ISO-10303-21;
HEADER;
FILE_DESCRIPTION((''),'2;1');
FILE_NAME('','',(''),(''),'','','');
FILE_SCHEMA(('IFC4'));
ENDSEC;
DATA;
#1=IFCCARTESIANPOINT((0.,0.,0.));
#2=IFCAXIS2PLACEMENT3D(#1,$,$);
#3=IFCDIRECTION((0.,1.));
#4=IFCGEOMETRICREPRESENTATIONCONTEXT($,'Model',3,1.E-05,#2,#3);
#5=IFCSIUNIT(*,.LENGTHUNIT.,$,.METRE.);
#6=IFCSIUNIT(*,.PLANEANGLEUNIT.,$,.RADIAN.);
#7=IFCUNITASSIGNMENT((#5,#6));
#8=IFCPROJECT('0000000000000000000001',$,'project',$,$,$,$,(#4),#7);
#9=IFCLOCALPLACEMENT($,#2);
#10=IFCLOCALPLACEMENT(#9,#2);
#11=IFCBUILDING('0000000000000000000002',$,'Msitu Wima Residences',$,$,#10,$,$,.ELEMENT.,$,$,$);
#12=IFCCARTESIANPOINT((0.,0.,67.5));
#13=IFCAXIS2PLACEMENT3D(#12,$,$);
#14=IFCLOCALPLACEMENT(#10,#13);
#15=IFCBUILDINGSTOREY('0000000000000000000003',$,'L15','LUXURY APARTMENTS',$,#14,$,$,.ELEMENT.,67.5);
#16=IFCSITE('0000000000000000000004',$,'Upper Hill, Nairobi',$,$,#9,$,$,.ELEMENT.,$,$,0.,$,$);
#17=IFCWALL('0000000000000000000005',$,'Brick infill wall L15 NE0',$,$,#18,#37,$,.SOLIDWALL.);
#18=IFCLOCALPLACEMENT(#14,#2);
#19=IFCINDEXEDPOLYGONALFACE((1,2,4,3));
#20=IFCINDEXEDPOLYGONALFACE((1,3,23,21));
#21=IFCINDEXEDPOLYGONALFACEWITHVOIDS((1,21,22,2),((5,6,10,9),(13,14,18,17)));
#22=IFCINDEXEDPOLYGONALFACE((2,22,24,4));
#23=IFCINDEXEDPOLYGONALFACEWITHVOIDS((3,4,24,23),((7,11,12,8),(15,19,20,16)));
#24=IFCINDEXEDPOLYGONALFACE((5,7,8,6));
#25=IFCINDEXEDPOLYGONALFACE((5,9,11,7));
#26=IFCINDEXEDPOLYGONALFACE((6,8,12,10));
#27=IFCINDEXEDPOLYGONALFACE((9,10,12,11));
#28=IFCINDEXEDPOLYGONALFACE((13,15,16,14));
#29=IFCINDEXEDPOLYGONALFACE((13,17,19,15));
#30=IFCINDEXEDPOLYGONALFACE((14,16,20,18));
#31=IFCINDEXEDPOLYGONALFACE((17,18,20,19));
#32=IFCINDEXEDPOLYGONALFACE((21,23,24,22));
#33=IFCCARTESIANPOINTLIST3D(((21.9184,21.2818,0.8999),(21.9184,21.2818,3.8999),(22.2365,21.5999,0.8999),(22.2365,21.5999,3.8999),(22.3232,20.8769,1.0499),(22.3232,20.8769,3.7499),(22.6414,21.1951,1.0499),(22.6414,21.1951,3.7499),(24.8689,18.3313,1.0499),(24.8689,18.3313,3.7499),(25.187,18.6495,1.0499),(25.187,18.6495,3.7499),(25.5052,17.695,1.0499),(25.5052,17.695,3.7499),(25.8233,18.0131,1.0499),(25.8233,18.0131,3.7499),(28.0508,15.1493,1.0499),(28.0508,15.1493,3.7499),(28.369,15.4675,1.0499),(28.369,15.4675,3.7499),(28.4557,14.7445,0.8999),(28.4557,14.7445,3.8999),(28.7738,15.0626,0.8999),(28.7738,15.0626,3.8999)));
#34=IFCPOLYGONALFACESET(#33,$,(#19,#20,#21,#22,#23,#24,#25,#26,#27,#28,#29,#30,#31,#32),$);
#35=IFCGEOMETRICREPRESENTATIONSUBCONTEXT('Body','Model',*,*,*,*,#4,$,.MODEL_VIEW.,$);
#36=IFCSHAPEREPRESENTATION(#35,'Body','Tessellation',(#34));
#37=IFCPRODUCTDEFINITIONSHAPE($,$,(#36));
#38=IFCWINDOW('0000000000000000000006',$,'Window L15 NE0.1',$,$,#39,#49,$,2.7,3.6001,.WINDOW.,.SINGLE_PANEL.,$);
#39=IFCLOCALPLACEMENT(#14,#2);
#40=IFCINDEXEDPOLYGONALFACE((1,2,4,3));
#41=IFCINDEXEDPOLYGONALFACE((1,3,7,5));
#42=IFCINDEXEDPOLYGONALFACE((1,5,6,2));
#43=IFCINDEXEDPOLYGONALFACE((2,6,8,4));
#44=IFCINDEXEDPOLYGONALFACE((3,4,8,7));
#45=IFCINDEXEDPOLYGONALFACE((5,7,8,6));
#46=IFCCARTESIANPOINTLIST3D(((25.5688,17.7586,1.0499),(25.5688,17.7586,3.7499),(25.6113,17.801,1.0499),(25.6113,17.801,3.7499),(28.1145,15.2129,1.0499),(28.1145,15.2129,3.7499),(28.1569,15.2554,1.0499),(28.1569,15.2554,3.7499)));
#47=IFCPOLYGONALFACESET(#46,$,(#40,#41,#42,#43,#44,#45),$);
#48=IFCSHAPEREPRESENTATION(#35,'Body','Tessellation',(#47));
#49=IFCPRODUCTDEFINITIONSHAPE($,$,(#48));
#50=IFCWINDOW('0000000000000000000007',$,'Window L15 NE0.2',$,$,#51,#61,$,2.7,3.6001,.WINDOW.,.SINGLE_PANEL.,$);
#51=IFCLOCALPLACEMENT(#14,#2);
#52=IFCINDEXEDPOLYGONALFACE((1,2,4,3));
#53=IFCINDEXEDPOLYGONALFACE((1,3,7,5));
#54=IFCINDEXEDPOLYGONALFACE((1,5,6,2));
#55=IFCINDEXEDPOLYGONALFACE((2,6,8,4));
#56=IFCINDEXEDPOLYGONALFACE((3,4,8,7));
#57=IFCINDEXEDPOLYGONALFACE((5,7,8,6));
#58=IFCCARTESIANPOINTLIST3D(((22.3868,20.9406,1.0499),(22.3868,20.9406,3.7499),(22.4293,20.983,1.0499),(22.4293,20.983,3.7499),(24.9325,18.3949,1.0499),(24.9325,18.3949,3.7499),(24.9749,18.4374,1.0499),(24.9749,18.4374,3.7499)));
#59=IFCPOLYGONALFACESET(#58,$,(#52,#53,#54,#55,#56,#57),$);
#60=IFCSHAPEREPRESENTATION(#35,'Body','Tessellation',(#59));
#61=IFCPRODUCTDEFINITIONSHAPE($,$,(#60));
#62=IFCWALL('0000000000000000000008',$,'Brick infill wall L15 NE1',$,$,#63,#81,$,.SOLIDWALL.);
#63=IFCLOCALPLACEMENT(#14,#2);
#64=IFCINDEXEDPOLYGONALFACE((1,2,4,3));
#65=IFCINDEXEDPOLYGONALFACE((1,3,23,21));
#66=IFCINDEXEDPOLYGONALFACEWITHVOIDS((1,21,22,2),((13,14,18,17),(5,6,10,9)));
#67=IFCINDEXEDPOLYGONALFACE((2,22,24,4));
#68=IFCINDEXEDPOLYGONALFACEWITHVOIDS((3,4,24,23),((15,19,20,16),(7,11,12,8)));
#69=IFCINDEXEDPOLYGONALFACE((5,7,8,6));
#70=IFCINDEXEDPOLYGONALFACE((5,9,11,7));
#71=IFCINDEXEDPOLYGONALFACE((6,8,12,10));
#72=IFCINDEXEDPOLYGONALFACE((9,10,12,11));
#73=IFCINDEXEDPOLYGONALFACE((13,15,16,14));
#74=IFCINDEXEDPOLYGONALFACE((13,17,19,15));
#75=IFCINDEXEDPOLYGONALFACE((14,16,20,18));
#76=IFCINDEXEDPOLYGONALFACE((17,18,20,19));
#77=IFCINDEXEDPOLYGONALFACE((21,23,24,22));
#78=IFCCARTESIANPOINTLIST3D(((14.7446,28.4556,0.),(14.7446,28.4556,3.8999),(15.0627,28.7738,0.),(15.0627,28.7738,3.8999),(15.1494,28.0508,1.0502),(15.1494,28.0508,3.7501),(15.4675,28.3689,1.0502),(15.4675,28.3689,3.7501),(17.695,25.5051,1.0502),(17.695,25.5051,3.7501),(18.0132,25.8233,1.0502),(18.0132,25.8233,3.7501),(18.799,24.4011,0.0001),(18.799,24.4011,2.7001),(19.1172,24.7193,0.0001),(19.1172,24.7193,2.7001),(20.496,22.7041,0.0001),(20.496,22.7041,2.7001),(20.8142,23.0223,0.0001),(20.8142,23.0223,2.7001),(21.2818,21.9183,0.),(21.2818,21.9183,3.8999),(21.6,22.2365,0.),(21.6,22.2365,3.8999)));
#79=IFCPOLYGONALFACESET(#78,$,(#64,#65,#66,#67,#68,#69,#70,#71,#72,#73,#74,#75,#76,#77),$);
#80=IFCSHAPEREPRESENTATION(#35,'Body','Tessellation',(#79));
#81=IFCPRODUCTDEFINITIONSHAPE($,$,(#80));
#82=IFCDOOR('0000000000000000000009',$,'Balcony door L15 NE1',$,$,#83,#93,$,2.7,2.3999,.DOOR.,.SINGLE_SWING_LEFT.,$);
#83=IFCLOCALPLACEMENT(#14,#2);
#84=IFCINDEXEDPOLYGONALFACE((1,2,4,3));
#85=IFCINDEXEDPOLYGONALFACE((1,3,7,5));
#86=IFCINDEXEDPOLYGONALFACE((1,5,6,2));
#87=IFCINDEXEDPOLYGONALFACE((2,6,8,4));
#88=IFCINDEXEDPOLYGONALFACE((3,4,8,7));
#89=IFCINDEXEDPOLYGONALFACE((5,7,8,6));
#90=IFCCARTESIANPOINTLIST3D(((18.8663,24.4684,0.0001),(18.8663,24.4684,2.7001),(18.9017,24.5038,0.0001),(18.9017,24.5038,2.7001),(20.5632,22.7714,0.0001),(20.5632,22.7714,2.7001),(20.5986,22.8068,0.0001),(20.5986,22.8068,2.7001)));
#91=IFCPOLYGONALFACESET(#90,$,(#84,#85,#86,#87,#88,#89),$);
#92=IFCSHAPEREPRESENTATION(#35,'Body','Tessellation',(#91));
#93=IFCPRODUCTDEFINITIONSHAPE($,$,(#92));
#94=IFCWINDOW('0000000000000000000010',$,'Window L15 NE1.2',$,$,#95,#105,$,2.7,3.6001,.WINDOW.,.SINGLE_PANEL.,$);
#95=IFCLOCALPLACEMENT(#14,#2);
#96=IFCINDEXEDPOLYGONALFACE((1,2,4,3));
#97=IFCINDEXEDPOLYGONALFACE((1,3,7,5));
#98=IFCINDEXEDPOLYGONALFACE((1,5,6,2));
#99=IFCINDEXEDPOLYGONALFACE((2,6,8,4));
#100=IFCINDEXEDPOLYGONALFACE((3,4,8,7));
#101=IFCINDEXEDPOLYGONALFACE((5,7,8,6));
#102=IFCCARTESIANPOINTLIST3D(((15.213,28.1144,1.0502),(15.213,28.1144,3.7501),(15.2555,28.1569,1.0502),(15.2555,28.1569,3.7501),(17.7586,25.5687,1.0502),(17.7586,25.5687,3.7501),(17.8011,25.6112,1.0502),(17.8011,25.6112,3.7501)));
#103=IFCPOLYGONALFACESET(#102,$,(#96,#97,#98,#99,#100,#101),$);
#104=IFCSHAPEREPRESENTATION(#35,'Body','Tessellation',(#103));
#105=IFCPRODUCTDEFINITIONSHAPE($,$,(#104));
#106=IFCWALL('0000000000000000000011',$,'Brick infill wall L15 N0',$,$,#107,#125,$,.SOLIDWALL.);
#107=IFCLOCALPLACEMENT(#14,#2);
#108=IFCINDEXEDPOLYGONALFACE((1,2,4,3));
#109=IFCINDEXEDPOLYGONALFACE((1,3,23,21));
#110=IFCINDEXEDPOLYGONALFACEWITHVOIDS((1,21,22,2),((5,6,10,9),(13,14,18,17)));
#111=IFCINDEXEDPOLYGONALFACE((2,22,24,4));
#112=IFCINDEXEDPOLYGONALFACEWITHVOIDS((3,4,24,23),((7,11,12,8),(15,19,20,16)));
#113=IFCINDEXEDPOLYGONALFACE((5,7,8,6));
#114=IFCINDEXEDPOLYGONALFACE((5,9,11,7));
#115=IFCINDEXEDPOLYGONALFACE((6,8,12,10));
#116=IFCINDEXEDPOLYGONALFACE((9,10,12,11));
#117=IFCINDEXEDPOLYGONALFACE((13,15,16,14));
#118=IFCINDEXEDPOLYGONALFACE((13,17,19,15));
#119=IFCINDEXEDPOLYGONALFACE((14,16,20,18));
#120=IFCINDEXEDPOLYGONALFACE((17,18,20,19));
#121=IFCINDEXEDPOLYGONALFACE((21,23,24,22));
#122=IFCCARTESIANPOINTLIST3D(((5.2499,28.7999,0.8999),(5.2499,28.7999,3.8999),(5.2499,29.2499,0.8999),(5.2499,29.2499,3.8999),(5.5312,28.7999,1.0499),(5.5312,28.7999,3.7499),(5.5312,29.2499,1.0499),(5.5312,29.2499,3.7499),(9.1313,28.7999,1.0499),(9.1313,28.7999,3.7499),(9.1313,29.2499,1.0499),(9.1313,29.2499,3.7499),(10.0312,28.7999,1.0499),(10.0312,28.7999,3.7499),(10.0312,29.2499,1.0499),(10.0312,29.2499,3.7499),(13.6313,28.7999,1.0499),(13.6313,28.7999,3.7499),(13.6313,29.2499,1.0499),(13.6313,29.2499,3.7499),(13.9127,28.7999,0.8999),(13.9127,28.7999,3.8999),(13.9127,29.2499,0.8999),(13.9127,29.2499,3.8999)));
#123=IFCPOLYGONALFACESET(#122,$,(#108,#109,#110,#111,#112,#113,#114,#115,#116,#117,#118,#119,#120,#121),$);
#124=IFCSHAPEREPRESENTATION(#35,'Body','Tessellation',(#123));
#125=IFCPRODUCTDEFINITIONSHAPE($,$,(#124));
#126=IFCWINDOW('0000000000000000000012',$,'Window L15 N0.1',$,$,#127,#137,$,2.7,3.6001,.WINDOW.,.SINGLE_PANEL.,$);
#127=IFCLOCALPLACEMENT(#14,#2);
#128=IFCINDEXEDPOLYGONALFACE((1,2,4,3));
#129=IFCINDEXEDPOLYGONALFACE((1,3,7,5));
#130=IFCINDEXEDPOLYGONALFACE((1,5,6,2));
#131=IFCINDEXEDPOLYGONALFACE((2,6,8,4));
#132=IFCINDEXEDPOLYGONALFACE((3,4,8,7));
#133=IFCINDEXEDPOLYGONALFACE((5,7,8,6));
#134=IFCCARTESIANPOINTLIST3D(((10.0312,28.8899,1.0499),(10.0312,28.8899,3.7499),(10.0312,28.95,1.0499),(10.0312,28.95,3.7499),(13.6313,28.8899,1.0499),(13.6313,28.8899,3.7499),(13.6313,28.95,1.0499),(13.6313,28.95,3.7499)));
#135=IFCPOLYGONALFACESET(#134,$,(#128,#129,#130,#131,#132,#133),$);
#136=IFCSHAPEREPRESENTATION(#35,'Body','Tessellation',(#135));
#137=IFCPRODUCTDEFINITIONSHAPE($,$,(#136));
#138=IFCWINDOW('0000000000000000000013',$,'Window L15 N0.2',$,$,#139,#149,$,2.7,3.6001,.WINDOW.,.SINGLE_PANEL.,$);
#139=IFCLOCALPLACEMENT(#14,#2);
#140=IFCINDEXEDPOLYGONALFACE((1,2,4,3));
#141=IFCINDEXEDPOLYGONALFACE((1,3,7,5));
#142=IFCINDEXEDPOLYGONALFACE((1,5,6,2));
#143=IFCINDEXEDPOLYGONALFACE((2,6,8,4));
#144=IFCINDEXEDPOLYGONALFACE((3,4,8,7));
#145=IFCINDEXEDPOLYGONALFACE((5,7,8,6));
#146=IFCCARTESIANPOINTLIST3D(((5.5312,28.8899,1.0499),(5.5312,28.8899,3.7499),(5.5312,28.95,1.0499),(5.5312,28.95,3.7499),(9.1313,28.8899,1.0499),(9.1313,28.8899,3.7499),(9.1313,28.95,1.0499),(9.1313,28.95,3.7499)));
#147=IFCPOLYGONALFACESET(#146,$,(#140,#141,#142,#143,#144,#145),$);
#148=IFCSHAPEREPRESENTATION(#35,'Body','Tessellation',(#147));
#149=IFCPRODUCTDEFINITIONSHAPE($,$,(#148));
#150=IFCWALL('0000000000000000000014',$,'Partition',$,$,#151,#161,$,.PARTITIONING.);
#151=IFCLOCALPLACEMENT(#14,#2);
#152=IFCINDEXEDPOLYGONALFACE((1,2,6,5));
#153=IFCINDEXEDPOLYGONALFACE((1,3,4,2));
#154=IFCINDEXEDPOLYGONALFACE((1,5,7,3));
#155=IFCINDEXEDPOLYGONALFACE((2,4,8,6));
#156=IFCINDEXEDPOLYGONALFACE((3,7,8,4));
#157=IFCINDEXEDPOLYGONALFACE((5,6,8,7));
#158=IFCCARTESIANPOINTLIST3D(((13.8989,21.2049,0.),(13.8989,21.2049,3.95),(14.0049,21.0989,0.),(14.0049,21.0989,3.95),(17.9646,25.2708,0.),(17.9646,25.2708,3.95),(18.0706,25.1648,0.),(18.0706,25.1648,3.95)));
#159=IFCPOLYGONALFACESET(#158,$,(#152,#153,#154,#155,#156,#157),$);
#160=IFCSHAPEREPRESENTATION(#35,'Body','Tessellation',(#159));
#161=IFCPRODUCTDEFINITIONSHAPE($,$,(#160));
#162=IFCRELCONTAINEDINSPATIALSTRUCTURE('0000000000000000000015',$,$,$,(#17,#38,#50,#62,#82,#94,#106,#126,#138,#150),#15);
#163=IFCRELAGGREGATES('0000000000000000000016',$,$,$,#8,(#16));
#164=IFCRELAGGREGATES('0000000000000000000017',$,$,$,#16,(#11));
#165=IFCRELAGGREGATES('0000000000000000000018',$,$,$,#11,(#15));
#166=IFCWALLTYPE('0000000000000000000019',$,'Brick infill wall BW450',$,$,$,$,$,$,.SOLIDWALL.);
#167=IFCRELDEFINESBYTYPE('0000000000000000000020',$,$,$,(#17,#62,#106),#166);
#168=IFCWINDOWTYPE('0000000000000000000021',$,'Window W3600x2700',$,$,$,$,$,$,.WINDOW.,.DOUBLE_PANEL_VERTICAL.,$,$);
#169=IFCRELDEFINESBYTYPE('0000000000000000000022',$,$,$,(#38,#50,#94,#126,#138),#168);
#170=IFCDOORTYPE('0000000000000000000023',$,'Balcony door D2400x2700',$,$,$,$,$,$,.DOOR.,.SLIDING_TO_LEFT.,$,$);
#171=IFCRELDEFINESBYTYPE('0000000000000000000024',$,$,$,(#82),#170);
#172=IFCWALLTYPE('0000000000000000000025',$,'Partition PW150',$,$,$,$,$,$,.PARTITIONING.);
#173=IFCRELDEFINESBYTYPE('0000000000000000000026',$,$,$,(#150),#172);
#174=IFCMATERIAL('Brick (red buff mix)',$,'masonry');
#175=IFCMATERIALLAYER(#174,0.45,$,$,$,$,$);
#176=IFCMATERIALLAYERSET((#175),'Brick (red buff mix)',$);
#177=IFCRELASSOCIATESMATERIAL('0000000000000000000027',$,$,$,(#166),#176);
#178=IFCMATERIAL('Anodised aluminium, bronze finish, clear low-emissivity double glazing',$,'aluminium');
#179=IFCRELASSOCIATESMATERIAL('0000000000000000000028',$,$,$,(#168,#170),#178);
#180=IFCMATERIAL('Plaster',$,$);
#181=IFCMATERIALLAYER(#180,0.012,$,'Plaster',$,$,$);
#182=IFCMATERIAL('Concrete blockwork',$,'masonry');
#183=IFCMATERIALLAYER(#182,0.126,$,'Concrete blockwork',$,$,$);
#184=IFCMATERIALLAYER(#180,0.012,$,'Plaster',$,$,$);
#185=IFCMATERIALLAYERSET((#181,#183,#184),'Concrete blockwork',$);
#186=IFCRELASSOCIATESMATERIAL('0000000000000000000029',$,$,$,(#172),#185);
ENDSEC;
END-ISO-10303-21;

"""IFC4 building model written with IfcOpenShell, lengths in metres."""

from ifc_helpers import new_model, si_unit, direction, frame, frame_2d, origin, place, context, subcontext, project, spatial, rectangle, extrude, material, layer, layer_set, type_object, element, fill, save


model = new_model("IFC4")

# Units and contexts
model_context = context("Model", 3, precision=1e-05, world=origin(), true_north=direction((0.0, 1.0)))
body_context = subcontext(model_context, "Body", "Model", "MODEL_VIEW")
ifc_project = project(units=[si_unit("LENGTHUNIT", "METRE"), si_unit("PLANEANGLEUNIT", "RADIAN")], contexts=[model_context])

# Site, building, storey
site_placement = place(None, origin())
site = spatial("IfcSite", under=ifc_project, at=site_placement, Name="Upper Hill, Nairobi", CompositionType="ELEMENT", RefElevation=0.0)
building_placement = place(site_placement, origin())
building = spatial("IfcBuilding", under=site, at=building_placement, Name="Msitu Wima Residences", CompositionType="ELEMENT")
storey_placement = place(building_placement, frame((0.0, 0.0, 67.5)))
storey = spatial("IfcBuildingStorey", under=building, at=storey_placement, Name="L15", Description="LUXURY APARTMENTS", CompositionType="ELEMENT", Elevation=67.5)

# Wall, openings, windows
ifc_material_1 = material(Name="Brick (red buff mix)", Category="masonry")
ifc_layer_1 = layer(ifc_material_1, 0.45)
ifc_layer_set_1 = layer_set([ifc_layer_1], Name="Brick (red buff mix)")
wall_type_1 = type_object("IfcWallType", Name="Brick infill wall BW450", PredefinedType="SOLIDWALL", material=ifc_layer_set_1)
wall_1_placement = place(storey_placement, frame((28.6147, 14.9036, 0.8999), z_axis=(0.0, 0.0, 1.0), x_axis=(-0.707107, 0.707107, 0.0)))
wall_1 = element("IfcWall", 1, at=wall_1_placement, inside=storey, type_object=wall_type_1, Name="Brick infill wall L15 NE0", PredefinedType="SOLIDWALL", context=body_context, shape_type="SweptSolid", body=[
    extrude(rectangle(XDim=9.2451, YDim=0.45, at=frame_2d((4.6226, 0.0))), origin(), (0.0, 0.0, 1.0), 3.0),
])
opening_1_placement = place(wall_1_placement, frame((0.5725, 0.0, 0.1499)))
opening_1 = element("IfcOpeningElement", 2, at=opening_1_placement, cuts=wall_1, PredefinedType="OPENING", context=body_context, shape_type="SweptSolid", body=[
    extrude(rectangle(XDim=3.6001, YDim=2.7, at=frame_2d((1.8, 1.3501))), frame((0.0, 0.2349, 0.0), z_axis=(0.0, -1.0, 0.0), x_axis=(1.0, 0.0, 0.0)), (0.0, 0.0, 1.0), 0.47),
])
opening_2_placement = place(wall_1_placement, frame((5.0725, 0.0, 0.1499)))
opening_2 = element("IfcOpeningElement", 3, at=opening_2_placement, cuts=wall_1, PredefinedType="OPENING", context=body_context, shape_type="SweptSolid", body=[
    extrude(rectangle(XDim=3.6001, YDim=2.7, at=frame_2d((1.8, 1.3501))), frame((0.0, 0.2349, 0.0), z_axis=(0.0, -1.0, 0.0), x_axis=(1.0, 0.0, 0.0)), (0.0, 0.0, 1.0), 0.47),
])
ifc_material_2 = material(Name="Anodised aluminium, bronze finish, clear low-emissivity double glazing", Category="aluminium")
window_type = type_object("IfcWindowType", Name="Window W3600x2700", PartitioningType="DOUBLE_PANEL_VERTICAL", PredefinedType="WINDOW", material=ifc_material_2)
window_1_placement = place(opening_1_placement, origin())
window_1 = element("IfcWindow", 4, at=window_1_placement, inside=storey, type_object=window_type, Name="Window L15 NE0.1", OverallHeight=2.7, OverallWidth=3.6001, PartitioningType="SINGLE_PANEL", PredefinedType="WINDOW", context=body_context, shape_type="SweptSolid", body=[
    extrude(rectangle(XDim=3.6001, YDim=2.7, at=frame_2d((1.8, 1.3501))), frame((0.0, 0.135, 0.0), z_axis=(0.0, -1.0, 0.0), x_axis=(1.0, 0.0, 0.0)), (0.0, 0.0, 1.0), 0.0601),
])
fill(opening_1, window_1)
window_2_placement = place(opening_2_placement, origin())
window_2 = element("IfcWindow", 5, at=window_2_placement, inside=storey, type_object=window_type, Name="Window L15 NE0.2", OverallHeight=2.7, OverallWidth=3.6001, PartitioningType="SINGLE_PANEL", PredefinedType="WINDOW", context=body_context, shape_type="SweptSolid", body=[
    extrude(rectangle(XDim=3.6001, YDim=2.7, at=frame_2d((1.8, 1.3501))), frame((0.0, 0.135, 0.0), z_axis=(0.0, -1.0, 0.0), x_axis=(1.0, 0.0, 0.0)), (0.0, 0.0, 1.0), 0.0601),
])
fill(opening_2, window_2)

# Wall, openings, door, window
wall_2_placement = place(storey_placement, frame((21.4409, 22.0774, 0.0), z_axis=(0.0, 0.0, 1.0), x_axis=(-0.707107, 0.707107, 0.0)))
wall_2 = element("IfcWall", 6, at=wall_2_placement, inside=storey, type_object=wall_type_1, Name="Brick infill wall L15 NE1", PredefinedType="SOLIDWALL", context=body_context, shape_type="SweptSolid", body=[
    extrude(rectangle(XDim=9.2451, YDim=0.45, at=frame_2d((4.6226, 0.0))), origin(), (0.0, 0.0, 1.0), 3.8999),
])
opening_3_placement = place(wall_2_placement, frame((1.1113, 0.0, 0.0)))
opening_3 = element("IfcOpeningElement", 7, at=opening_3_placement, cuts=wall_2, PredefinedType="OPENING", context=body_context, shape_type="SweptSolid", body=[
    extrude(rectangle(XDim=2.3999, YDim=2.7, at=frame_2d((1.2, 1.3501))), frame((0.0, 0.2349, 0.0), z_axis=(0.0, -1.0, 0.0), x_axis=(1.0, 0.0, 0.0)), (0.0, 0.0, 1.0), 0.47),
])
opening_4_placement = place(wall_2_placement, frame((5.0725, 0.0, 1.05)))
opening_4 = element("IfcOpeningElement", 8, at=opening_4_placement, cuts=wall_2, PredefinedType="OPENING", context=body_context, shape_type="SweptSolid", body=[
    extrude(rectangle(XDim=3.6001, YDim=2.7, at=frame_2d((1.8, 1.3501))), frame((0.0, 0.2349, 0.0), z_axis=(0.0, -1.0, 0.0), x_axis=(1.0, 0.0, 0.0)), (0.0, 0.0, 1.0), 0.47),
])
door_type_1 = type_object("IfcDoorType", Name="Balcony door D2400x2700", OperationType="SLIDING_TO_LEFT", PredefinedType="DOOR", material=ifc_material_2)
door_1_placement = place(opening_3_placement, origin())
door_1 = element("IfcDoor", 9, at=door_1_placement, inside=storey, type_object=door_type_1, Name="Balcony door L15 NE1", OperationType="SINGLE_SWING_LEFT", OverallHeight=2.7, OverallWidth=2.3999, PredefinedType="DOOR", context=body_context, shape_type="SweptSolid", body=[
    extrude(rectangle(XDim=2.3999, YDim=2.7, at=frame_2d((1.2, 1.3501))), frame((0.0, 0.1299, 0.0), z_axis=(0.0, -1.0, 0.0), x_axis=(1.0, 0.0, 0.0)), (0.0, 0.0, 1.0), 0.05),
])
fill(opening_3, door_1)
window_3_placement = place(opening_4_placement, origin())
window_3 = element("IfcWindow", 10, at=window_3_placement, inside=storey, type_object=window_type, Name="Window L15 NE1.2", OverallHeight=2.7, OverallWidth=3.6001, PartitioningType="SINGLE_PANEL", PredefinedType="WINDOW", context=body_context, shape_type="SweptSolid", body=[
    extrude(rectangle(XDim=3.6001, YDim=2.7, at=frame_2d((1.8, 1.3501))), frame((0.0, 0.135, 0.0), z_axis=(0.0, -1.0, 0.0), x_axis=(1.0, 0.0, 0.0)), (0.0, 0.0, 1.0), 0.0601),
])
fill(opening_4, window_3)

# Wall, openings, windows
wall_3_placement = place(storey_placement, frame((13.9128, 29.0249, 0.8999), z_axis=(0.0, 0.0, 1.0), x_axis=(-1.0, 0.0, 0.0)))
wall_3 = element("IfcWall", 11, at=wall_3_placement, inside=storey, type_object=wall_type_1, Name="Brick infill wall L15 N0", PredefinedType="SOLIDWALL", context=body_context, shape_type="SweptSolid", body=[
    extrude(rectangle(XDim=8.6628, YDim=0.45, at=frame_2d((4.3315, 0.0))), origin(), (0.0, 0.0, 1.0), 3.0),
])
opening_5_placement = place(wall_3_placement, frame((0.2815, 0.0, 0.1499)))
opening_5 = element("IfcOpeningElement", 12, at=opening_5_placement, cuts=wall_3, PredefinedType="OPENING", context=body_context, shape_type="SweptSolid", body=[
    extrude(rectangle(XDim=3.6001, YDim=2.7, at=frame_2d((1.8, 1.3501))), frame((0.0, 0.2349, 0.0), z_axis=(0.0, -1.0, 0.0), x_axis=(1.0, 0.0, 0.0)), (0.0, 0.0, 1.0), 0.47),
])
opening_6_placement = place(wall_3_placement, frame((4.7815, 0.0, 0.1499)))
opening_6 = element("IfcOpeningElement", 13, at=opening_6_placement, cuts=wall_3, PredefinedType="OPENING", context=body_context, shape_type="SweptSolid", body=[
    extrude(rectangle(XDim=3.6001, YDim=2.7, at=frame_2d((1.8, 1.3501))), frame((0.0, 0.2349, 0.0), z_axis=(0.0, -1.0, 0.0), x_axis=(1.0, 0.0, 0.0)), (0.0, 0.0, 1.0), 0.47),
])
window_4_placement = place(opening_5_placement, origin())
window_4 = element("IfcWindow", 14, at=window_4_placement, inside=storey, type_object=window_type, Name="Window L15 N0.1", OverallHeight=2.7, OverallWidth=3.6001, PartitioningType="SINGLE_PANEL", PredefinedType="WINDOW", context=body_context, shape_type="SweptSolid", body=[
    extrude(rectangle(XDim=3.6001, YDim=2.7, at=frame_2d((1.8, 1.3501))), frame((0.0, 0.135, 0.0), z_axis=(0.0, -1.0, 0.0), x_axis=(1.0, 0.0, 0.0)), (0.0, 0.0, 1.0), 0.0601),
])
fill(opening_5, window_4)
window_5_placement = place(opening_6_placement, origin())
window_5 = element("IfcWindow", 15, at=window_5_placement, inside=storey, type_object=window_type, Name="Window L15 N0.2", OverallHeight=2.7, OverallWidth=3.6001, PartitioningType="SINGLE_PANEL", PredefinedType="WINDOW", context=body_context, shape_type="SweptSolid", body=[
    extrude(rectangle(XDim=3.6001, YDim=2.7, at=frame_2d((1.8, 1.3501))), frame((0.0, 0.135, 0.0), z_axis=(0.0, -1.0, 0.0), x_axis=(1.0, 0.0, 0.0)), (0.0, 0.0, 1.0), 0.0601),
])
fill(opening_6, window_5)

# Wall
ifc_material_3 = material(Name="Plaster")
ifc_layer_2 = layer(ifc_material_3, 0.012, Name="Plaster")
ifc_material_4 = material(Name="Concrete blockwork", Category="masonry")
ifc_layer_3 = layer(ifc_material_4, 0.126, Name="Concrete blockwork")
ifc_layer_4 = layer(ifc_material_3, 0.012, Name="Plaster")
ifc_layer_set_2 = layer_set([ifc_layer_2, ifc_layer_3, ifc_layer_4], Name="Concrete blockwork")
wall_type_2 = type_object("IfcWallType", Name="Partition PW150", PredefinedType="PARTITIONING", material=ifc_layer_set_2)
wall_4_placement = place(storey_placement, frame((13.9519, 21.1519, 0.0), z_axis=(0.0, 0.0, 1.0), x_axis=(0.707086, 0.707128, 0.0)))
element("IfcWall", 16, at=wall_4_placement, inside=storey, type_object=wall_type_2, Name="Partition", PredefinedType="PARTITIONING", context=body_context, shape_type="SweptSolid", body=[
    extrude(rectangle(XDim=5.75, YDim=0.1499, at=frame_2d((2.875, 0.0))), origin(), (0.0, 0.0, 1.0), 3.95),
])

save(model, "model.ifc")
